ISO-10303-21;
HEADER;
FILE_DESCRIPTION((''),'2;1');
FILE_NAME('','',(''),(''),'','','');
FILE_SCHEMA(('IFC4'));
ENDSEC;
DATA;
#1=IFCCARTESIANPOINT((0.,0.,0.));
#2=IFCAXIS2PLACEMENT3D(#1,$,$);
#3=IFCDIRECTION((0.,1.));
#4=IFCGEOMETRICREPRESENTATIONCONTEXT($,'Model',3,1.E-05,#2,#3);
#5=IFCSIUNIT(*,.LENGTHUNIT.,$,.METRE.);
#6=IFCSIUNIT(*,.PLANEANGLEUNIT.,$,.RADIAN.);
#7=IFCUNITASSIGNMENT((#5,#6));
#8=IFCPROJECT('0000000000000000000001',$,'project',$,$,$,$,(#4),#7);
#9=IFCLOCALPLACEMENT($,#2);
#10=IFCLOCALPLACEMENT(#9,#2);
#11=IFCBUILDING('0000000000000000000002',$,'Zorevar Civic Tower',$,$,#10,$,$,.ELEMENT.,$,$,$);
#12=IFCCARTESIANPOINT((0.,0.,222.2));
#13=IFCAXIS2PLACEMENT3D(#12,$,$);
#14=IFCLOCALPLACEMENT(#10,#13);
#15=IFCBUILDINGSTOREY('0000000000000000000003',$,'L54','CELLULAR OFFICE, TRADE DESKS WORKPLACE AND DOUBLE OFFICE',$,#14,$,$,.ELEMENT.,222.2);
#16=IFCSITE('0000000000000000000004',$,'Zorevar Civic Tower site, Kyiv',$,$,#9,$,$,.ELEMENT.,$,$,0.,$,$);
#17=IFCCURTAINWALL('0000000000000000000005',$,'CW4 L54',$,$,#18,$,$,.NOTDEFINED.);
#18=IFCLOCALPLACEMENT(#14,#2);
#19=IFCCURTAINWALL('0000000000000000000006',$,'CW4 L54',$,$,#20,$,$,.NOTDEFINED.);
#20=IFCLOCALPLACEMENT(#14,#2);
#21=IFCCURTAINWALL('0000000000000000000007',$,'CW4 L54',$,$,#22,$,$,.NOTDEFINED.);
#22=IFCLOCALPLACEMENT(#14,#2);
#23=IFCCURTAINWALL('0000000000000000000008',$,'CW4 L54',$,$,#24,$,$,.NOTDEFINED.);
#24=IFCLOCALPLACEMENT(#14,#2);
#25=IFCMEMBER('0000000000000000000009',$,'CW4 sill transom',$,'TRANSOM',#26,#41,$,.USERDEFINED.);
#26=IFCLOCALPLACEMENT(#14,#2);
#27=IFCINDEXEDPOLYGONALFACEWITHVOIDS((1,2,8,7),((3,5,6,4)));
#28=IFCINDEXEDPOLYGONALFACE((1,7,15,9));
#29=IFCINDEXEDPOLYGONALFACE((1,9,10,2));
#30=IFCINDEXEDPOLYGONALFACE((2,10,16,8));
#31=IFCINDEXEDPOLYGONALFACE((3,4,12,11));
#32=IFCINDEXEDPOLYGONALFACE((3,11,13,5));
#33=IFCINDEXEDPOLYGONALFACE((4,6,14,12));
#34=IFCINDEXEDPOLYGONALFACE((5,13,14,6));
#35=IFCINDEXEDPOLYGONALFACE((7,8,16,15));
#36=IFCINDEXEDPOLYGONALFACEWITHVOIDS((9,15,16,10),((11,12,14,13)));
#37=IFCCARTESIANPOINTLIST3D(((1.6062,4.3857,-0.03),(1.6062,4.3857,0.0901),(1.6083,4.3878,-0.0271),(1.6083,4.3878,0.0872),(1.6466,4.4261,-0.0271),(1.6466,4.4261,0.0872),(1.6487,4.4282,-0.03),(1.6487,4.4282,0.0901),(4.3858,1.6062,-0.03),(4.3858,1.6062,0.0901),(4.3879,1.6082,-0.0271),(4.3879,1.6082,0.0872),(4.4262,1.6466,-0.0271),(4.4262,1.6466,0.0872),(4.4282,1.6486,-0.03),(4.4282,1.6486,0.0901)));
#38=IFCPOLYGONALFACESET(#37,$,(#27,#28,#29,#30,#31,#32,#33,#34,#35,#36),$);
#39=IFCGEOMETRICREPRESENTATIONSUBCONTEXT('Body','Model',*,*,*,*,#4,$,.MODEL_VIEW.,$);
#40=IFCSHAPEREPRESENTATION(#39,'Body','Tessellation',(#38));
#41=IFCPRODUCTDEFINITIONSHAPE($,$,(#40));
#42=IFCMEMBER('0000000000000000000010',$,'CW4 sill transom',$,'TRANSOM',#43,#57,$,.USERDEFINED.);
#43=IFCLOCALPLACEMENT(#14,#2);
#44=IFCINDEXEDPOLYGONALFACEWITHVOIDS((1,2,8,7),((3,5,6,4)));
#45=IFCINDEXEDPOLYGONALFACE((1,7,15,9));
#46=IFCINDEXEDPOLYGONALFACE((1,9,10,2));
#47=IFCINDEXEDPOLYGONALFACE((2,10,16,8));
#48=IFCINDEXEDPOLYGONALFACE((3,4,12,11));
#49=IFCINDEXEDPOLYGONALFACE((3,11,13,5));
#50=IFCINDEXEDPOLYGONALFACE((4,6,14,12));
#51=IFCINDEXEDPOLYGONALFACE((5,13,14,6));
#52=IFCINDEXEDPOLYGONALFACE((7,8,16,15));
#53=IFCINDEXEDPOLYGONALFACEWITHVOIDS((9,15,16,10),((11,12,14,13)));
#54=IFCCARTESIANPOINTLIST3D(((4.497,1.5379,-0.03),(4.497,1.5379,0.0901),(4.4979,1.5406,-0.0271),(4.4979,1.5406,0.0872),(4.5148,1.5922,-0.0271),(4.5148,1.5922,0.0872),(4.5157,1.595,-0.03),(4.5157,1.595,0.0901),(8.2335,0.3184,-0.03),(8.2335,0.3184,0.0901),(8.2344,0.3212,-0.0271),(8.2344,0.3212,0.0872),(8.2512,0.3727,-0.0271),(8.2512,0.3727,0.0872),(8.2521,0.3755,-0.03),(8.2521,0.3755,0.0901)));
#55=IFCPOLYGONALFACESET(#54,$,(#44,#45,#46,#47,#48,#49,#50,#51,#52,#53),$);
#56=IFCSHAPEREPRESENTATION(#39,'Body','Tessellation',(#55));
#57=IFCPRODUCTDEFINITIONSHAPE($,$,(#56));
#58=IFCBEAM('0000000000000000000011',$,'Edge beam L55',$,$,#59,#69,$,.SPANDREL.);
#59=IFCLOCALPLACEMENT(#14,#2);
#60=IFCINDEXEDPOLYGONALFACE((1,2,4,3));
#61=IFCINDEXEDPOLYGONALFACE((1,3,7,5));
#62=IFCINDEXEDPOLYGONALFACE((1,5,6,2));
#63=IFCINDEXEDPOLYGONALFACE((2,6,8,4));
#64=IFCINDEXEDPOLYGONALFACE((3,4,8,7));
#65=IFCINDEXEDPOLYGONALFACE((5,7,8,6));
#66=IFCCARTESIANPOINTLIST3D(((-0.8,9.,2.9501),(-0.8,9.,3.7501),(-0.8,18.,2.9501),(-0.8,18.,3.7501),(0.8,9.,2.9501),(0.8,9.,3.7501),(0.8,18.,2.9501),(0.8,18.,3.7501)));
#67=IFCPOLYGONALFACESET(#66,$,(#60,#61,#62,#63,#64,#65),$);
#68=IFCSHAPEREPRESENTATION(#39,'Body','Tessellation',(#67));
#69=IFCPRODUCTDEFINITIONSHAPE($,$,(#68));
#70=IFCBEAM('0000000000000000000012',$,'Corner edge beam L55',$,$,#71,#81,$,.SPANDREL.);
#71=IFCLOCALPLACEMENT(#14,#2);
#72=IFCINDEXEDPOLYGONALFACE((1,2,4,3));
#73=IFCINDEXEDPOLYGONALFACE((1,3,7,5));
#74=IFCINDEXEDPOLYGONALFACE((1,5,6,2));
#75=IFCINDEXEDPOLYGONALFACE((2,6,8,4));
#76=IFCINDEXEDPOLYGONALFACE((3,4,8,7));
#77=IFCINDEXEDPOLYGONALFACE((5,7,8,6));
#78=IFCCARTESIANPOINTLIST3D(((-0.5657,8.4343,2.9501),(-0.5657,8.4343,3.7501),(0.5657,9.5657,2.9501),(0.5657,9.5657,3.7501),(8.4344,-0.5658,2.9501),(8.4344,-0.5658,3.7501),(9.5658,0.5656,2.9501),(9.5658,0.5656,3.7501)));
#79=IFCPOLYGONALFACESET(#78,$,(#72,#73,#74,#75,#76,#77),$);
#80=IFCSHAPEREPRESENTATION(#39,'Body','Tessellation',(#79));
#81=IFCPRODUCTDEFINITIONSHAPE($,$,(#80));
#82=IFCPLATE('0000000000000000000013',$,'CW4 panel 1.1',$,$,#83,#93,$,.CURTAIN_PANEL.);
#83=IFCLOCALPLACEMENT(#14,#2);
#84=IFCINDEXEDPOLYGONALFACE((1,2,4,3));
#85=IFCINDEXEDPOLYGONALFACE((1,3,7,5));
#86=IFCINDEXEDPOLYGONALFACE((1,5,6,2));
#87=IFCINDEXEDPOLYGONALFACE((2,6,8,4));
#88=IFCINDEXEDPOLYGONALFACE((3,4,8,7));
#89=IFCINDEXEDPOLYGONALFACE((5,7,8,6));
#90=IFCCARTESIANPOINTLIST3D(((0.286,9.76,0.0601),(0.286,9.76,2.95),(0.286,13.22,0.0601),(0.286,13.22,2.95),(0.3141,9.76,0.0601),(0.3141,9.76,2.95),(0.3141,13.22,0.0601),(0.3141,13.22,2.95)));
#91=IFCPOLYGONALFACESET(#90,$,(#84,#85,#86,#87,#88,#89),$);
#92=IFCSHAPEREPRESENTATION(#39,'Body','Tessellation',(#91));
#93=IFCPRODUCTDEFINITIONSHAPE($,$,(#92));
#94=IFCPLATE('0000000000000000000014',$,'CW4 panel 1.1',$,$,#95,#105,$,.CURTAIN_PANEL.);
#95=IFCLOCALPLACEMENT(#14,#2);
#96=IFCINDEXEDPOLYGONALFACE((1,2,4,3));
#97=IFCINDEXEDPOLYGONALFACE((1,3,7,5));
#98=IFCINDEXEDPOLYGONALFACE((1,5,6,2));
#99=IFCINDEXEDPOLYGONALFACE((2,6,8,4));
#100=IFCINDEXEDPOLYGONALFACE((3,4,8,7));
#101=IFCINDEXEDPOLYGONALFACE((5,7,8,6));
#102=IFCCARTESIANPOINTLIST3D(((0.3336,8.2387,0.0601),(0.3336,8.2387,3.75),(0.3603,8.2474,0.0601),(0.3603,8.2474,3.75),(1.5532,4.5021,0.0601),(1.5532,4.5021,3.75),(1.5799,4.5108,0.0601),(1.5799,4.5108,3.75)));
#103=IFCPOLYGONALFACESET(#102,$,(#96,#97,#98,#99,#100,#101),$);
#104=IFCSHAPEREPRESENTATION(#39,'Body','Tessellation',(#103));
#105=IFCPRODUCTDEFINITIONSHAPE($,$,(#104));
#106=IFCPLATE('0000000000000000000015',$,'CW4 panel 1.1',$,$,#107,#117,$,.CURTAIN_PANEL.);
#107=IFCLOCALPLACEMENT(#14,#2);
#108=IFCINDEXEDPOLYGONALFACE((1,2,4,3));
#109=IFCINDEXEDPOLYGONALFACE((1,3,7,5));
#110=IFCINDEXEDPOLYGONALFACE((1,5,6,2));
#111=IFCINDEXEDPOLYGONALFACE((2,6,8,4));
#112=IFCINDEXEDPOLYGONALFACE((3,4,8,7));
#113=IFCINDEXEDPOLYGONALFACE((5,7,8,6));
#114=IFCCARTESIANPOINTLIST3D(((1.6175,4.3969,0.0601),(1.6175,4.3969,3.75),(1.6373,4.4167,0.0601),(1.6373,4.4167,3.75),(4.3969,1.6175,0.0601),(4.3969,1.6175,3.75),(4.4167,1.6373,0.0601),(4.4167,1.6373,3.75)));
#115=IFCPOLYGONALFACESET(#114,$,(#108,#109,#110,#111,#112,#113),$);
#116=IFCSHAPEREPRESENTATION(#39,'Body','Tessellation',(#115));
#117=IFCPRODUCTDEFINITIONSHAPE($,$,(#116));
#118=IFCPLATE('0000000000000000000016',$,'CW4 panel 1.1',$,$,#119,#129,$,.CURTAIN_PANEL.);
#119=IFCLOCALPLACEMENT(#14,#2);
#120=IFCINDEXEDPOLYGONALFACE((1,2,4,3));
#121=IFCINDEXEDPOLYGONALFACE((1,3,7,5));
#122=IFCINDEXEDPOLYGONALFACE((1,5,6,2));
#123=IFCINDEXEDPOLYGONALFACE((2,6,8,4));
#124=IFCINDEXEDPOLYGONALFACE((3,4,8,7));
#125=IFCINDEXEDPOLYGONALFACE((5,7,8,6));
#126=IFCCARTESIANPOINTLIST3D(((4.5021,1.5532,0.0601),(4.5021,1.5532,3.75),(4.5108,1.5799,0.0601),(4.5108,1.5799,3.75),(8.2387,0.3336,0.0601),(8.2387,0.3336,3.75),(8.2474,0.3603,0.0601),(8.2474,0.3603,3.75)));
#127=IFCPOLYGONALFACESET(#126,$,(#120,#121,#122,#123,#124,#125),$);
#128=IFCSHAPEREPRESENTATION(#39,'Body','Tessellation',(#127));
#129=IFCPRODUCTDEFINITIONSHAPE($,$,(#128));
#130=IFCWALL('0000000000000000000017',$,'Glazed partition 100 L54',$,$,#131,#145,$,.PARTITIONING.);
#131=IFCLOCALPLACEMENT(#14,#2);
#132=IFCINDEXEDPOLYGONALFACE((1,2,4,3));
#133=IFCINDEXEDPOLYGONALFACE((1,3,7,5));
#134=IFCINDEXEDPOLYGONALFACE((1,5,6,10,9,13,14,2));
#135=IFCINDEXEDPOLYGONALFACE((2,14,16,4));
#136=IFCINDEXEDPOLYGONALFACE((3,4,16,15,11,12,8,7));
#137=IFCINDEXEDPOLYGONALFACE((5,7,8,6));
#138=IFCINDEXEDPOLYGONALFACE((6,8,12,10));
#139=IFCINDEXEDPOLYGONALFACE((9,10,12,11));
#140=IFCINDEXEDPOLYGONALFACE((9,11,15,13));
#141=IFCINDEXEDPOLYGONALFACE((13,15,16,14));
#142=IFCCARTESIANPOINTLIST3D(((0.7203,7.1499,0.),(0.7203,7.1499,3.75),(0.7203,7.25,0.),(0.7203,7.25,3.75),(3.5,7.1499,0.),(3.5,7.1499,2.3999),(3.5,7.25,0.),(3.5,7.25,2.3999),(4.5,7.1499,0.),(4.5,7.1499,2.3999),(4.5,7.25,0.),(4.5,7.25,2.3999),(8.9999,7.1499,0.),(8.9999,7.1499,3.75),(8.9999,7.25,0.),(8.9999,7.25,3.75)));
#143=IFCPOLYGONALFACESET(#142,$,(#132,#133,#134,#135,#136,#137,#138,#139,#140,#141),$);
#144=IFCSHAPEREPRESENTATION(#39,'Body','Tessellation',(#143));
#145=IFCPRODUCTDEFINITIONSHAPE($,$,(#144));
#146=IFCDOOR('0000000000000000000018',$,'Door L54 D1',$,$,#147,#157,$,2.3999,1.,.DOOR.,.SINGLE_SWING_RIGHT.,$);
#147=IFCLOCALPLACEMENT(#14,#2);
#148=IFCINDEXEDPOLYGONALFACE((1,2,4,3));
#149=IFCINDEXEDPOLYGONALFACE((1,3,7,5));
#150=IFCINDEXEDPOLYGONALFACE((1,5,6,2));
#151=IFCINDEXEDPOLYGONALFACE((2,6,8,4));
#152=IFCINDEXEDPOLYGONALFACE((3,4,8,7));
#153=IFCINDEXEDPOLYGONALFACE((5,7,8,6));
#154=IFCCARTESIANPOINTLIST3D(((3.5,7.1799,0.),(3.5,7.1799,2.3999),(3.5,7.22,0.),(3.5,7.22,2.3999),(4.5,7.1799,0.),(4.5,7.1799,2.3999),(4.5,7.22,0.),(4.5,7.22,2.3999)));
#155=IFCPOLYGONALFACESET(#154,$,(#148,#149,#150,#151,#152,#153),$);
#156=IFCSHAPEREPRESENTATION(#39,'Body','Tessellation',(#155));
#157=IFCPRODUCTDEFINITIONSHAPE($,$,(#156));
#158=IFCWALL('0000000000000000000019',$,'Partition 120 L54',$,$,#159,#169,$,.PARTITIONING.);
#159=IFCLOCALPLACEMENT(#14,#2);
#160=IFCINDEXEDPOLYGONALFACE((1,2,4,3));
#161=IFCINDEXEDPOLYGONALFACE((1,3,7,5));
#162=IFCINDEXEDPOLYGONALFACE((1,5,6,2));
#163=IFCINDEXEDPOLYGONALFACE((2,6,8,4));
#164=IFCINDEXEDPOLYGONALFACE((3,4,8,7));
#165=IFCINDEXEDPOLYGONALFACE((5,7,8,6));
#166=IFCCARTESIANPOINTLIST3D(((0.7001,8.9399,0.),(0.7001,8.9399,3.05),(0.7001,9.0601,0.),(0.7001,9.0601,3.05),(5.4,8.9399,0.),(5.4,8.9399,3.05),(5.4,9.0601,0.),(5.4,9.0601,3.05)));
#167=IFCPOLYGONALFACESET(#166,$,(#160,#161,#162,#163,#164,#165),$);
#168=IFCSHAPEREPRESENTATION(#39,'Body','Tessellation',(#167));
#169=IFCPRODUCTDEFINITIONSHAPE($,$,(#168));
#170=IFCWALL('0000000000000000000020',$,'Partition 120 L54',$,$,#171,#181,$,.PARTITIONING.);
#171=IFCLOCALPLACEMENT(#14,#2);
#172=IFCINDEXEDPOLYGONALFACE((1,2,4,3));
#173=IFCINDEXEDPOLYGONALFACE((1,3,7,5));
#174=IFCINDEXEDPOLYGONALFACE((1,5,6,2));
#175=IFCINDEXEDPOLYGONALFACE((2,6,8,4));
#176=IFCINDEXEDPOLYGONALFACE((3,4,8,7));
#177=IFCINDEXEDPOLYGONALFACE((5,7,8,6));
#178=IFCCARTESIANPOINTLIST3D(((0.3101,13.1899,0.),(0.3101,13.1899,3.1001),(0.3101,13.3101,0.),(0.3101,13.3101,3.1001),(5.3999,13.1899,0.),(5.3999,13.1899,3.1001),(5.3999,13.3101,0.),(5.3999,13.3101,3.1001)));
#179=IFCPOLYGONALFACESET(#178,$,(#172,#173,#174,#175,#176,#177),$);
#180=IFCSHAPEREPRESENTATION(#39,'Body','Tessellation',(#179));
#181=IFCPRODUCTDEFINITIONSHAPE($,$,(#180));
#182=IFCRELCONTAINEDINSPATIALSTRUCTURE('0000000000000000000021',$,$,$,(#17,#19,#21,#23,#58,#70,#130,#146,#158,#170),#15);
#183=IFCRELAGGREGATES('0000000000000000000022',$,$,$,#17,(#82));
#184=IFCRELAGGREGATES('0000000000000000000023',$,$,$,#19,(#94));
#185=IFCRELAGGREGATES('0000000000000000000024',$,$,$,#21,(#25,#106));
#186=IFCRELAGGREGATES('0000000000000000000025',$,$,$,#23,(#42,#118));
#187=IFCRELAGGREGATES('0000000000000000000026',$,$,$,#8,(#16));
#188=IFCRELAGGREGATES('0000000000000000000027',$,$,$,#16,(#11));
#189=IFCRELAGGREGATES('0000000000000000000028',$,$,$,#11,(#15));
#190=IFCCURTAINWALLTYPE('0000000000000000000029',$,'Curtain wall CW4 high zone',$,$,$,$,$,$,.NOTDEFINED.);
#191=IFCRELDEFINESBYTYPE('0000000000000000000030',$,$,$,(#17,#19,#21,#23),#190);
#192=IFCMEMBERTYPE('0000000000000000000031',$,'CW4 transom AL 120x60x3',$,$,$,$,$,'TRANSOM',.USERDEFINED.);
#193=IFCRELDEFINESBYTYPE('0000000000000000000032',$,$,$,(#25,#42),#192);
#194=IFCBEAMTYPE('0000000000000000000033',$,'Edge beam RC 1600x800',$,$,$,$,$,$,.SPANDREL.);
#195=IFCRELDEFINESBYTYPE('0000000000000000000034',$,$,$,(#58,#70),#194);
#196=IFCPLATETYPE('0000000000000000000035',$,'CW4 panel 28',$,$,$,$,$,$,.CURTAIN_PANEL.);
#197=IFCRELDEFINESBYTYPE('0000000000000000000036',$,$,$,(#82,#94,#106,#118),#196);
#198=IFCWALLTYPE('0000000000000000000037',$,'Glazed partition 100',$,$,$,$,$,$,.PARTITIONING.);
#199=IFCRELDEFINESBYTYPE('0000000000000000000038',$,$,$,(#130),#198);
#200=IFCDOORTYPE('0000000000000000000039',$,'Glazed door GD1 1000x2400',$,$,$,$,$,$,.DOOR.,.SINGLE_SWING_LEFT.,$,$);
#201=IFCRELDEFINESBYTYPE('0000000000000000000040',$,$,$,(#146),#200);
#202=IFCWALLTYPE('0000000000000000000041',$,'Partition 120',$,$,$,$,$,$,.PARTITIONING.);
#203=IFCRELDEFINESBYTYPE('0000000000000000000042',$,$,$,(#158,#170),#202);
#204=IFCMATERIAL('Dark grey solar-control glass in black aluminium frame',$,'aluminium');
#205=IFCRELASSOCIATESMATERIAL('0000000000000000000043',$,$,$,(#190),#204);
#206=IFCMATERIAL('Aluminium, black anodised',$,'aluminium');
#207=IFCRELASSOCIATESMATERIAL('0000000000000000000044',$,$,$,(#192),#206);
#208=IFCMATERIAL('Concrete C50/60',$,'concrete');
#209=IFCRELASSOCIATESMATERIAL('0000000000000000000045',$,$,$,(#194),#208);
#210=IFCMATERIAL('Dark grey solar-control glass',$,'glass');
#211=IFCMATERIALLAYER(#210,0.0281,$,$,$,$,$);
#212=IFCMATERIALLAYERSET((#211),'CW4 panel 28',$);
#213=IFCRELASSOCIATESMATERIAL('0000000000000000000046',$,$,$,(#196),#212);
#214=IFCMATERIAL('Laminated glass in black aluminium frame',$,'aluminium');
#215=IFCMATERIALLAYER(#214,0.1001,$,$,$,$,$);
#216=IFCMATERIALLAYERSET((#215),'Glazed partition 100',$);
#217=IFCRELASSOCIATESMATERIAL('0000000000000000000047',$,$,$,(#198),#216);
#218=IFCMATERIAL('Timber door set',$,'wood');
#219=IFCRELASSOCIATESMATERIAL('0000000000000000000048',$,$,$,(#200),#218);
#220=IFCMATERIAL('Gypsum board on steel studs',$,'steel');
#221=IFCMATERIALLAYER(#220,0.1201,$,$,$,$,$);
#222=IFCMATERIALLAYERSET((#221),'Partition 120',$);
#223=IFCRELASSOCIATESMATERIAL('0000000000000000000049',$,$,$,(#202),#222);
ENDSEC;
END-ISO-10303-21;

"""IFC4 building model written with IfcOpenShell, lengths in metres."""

from ifc_helpers import new_model, si_unit, direction, frame, frame_2d, origin, origin_2d, place, context, subcontext, project, spatial, rectangle, hollow_rectangle, extrude, material, layer, layer_set, material_profile, profile_set, type_object, element, fill, aggregate, save


model = new_model("IFC4")

# Units and contexts
model_context = context("Model", 3, precision=1e-05, world=origin(), true_north=direction((0.0, 1.0)))
body_context = subcontext(model_context, "Body", "Model", "MODEL_VIEW")
ifc_project = project(units=[si_unit("LENGTHUNIT", "METRE"), si_unit("PLANEANGLEUNIT", "RADIAN")], contexts=[model_context])

# Site, building, storey
site_placement = place(None, origin())
site = spatial("IfcSite", under=ifc_project, at=site_placement, Name="Zorevar Civic Tower site, Kyiv", CompositionType="ELEMENT", RefElevation=0.0)
building_placement = place(site_placement, origin())
building = spatial("IfcBuilding", under=site, at=building_placement, Name="Zorevar Civic Tower", CompositionType="ELEMENT")
storey_placement = place(building_placement, frame((0.0, 0.0, 222.2)))
storey = spatial("IfcBuildingStorey", under=building, at=storey_placement, Name="L54", Description="CELLULAR OFFICE, TRADE DESKS WORKPLACE AND DOUBLE OFFICE", CompositionType="ELEMENT", Elevation=222.2)

# Curtain walls
ifc_material_1 = material(Name="Dark grey solar-control glass in black aluminium frame", Category="aluminium")
curtain_wall_type = type_object("IfcCurtainWallType", Name="Curtain wall CW4 high zone", PredefinedType="NOTDEFINED", material=ifc_material_1)
curtain_wall_1_placement = place(storey_placement, origin())
curtain_wall_1 = element("IfcCurtainWall", 1, at=curtain_wall_1_placement, inside=storey, type_object=curtain_wall_type, Name="CW4 L54", PredefinedType="NOTDEFINED")
curtain_wall_2_placement = place(storey_placement, origin())
curtain_wall_2 = element("IfcCurtainWall", 2, at=curtain_wall_2_placement, inside=storey, type_object=curtain_wall_type, Name="CW4 L54", PredefinedType="NOTDEFINED")
curtain_wall_3_placement = place(storey_placement, origin())
curtain_wall_3 = element("IfcCurtainWall", 3, at=curtain_wall_3_placement, inside=storey, type_object=curtain_wall_type, Name="CW4 L54", PredefinedType="NOTDEFINED")
curtain_wall_4_placement = place(storey_placement, origin())
curtain_wall_4 = element("IfcCurtainWall", 4, at=curtain_wall_4_placement, inside=storey, type_object=curtain_wall_type, Name="CW4 L54", PredefinedType="NOTDEFINED")

# Members
ifc_material_2 = material(Name="Aluminium, black anodised", Category="aluminium")
ifc_material_profile_1 = material_profile(ifc_material_2, hollow_rectangle(XDim=0.0601, YDim=0.1201, WallThickness=0.0029, at=origin_2d()), Name="AL 120x60x3")
ifc_profile_set_1 = profile_set([ifc_material_profile_1], Name="Aluminium, black anodised")
member_type_1 = type_object("IfcMemberType", Name="CW4 transom AL 120x60x3", ElementType="TRANSOM", PredefinedType="USERDEFINED", material=ifc_profile_set_1)
member_1_placement = place(storey_placement, frame((1.6274, 4.407, 0.03), z_axis=(0.707107, -0.707107, 0.0), x_axis=(0.707107, 0.707107, 0.0)))
member_1 = element("IfcMember", 5, at=member_1_placement, type_object=member_type_1, Name="CW4 sill transom", ObjectType="TRANSOM", PredefinedType="USERDEFINED", context=body_context, shape_type="SweptSolid", body=[
    extrude(hollow_rectangle(XDim=0.0601, YDim=0.1201, WallThickness=0.0029, at=origin_2d()), origin(), (0.0, 0.0, 1.0), 3.9309),
])
member_2_placement = place(storey_placement, frame((4.5063, 1.5664, 0.03), z_axis=(0.950652, -0.310259, 0.0), x_axis=(0.310259, 0.950652, 0.0)))
member_2 = element("IfcMember", 6, at=member_2_placement, type_object=member_type_1, Name="CW4 sill transom", ObjectType="TRANSOM", PredefinedType="USERDEFINED", context=body_context, shape_type="SweptSolid", body=[
    extrude(hollow_rectangle(XDim=0.0601, YDim=0.1201, WallThickness=0.0029, at=origin_2d()), origin(), (0.0, 0.0, 1.0), 3.9304),
])

# Beams
ifc_material_3 = material(Name="Concrete C50/60", Category="concrete")
ifc_material_profile_2 = material_profile(ifc_material_3, rectangle(XDim=1.6001, YDim=0.8, at=origin_2d()), Name="RC 1600x800")
ifc_profile_set_2 = profile_set([ifc_material_profile_2], Name="Concrete C50/60")
beam_type = type_object("IfcBeamType", Name="Edge beam RC 1600x800", PredefinedType="SPANDREL", material=ifc_profile_set_2)
beam_1_placement = place(storey_placement, frame((0.0, 9.0, 3.3501), z_axis=(0.0, 1.0, 0.0), x_axis=(-1.0, 0.0, 0.0)))
element("IfcBeam", 7, at=beam_1_placement, inside=storey, type_object=beam_type, Name="Edge beam L55", PredefinedType="SPANDREL", context=body_context, shape_type="SweptSolid", body=[
    extrude(rectangle(XDim=1.6001, YDim=0.8, at=origin_2d()), origin(), (0.0, 0.0, 1.0), 9.0),
])
beam_2_placement = place(storey_placement, frame((0.0, 9.0, 3.3501), z_axis=(0.707107, -0.707107, 0.0), x_axis=(0.707107, 0.707107, 0.0)))
element("IfcBeam", 8, at=beam_2_placement, inside=storey, type_object=beam_type, Name="Corner edge beam L55", PredefinedType="SPANDREL", context=body_context, shape_type="SweptSolid", body=[
    extrude(rectangle(XDim=1.6001, YDim=0.8, at=origin_2d()), origin(), (0.0, 0.0, 1.0), 12.728),
])

# Plates
ifc_material_4 = material(Name="Dark grey solar-control glass", Category="glass")
ifc_layer_1 = layer(ifc_material_4, 0.0281)
ifc_layer_set_1 = layer_set([ifc_layer_1], Name="CW4 panel 28")
plate_type = type_object("IfcPlateType", Name="CW4 panel 28", PredefinedType="CURTAIN_PANEL", material=ifc_layer_set_1)
plate_1_placement = place(storey_placement, frame((0.3, 11.49, 0.0601), z_axis=(0.0, 0.0, 1.0), x_axis=(0.0, 1.0, 0.0)))
plate_1 = element("IfcPlate", 9, at=plate_1_placement, type_object=plate_type, Name="CW4 panel 1.1", PredefinedType="CURTAIN_PANEL", context=body_context, shape_type="SweptSolid", body=[
    extrude(rectangle(XDim=3.46, YDim=0.0281, at=origin_2d()), origin(), (0.0, 0.0, 1.0), 2.8899),
])
aggregate(curtain_wall_1, [plate_1])
plate_2_placement = place(storey_placement, frame((0.9568, 6.3748, 0.0601), z_axis=(0.0, 0.0, 1.0), x_axis=(0.310281, -0.950645, 0.0)))
plate_2 = element("IfcPlate", 10, at=plate_2_placement, type_object=plate_type, Name="CW4 panel 1.1", PredefinedType="CURTAIN_PANEL", context=body_context, shape_type="SweptSolid", body=[
    extrude(rectangle(XDim=3.9307, YDim=0.0281, at=origin_2d()), origin(), (0.0, 0.0, 1.0), 3.6899),
])
aggregate(curtain_wall_2, [plate_2])
plate_3_placement = place(storey_placement, frame((3.0171, 3.0171, 0.0601), z_axis=(0.0, 0.0, 1.0), x_axis=(0.707107, -0.707107, 0.0)))
plate_3 = element("IfcPlate", 11, at=plate_3_placement, type_object=plate_type, Name="CW4 panel 1.1", PredefinedType="CURTAIN_PANEL", context=body_context, shape_type="SweptSolid", body=[
    extrude(rectangle(XDim=3.9307, YDim=0.0281, at=origin_2d()), origin(), (0.0, 0.0, 1.0), 3.6899),
])
aggregate(curtain_wall_3, [member_1, plate_3])
plate_4_placement = place(storey_placement, frame((6.3748, 0.9568, 0.0601), z_axis=(0.0, 0.0, 1.0), x_axis=(0.950645, -0.310281, 0.0)))
plate_4 = element("IfcPlate", 12, at=plate_4_placement, type_object=plate_type, Name="CW4 panel 1.1", PredefinedType="CURTAIN_PANEL", context=body_context, shape_type="SweptSolid", body=[
    extrude(rectangle(XDim=3.9307, YDim=0.0281, at=origin_2d()), origin(), (0.0, 0.0, 1.0), 3.6899),
])
aggregate(curtain_wall_4, [member_2, plate_4])

# Wall, opening, door
ifc_material_5 = material(Name="Laminated glass in black aluminium frame", Category="aluminium")
ifc_layer_2 = layer(ifc_material_5, 0.1001)
ifc_layer_set_2 = layer_set([ifc_layer_2], Name="Glazed partition 100")
wall_type_1 = type_object("IfcWallType", Name="Glazed partition 100", PredefinedType="PARTITIONING", material=ifc_layer_set_2)
wall_1_placement = place(storey_placement, frame((0.7205, 7.2, 0.0), z_axis=(0.0, 0.0, 1.0), x_axis=(1.0, 0.0, 0.0)))
wall_1 = element("IfcWall", 13, at=wall_1_placement, inside=storey, type_object=wall_type_1, Name="Glazed partition 100 L54", PredefinedType="PARTITIONING", context=body_context, shape_type="SweptSolid", body=[
    extrude(rectangle(XDim=8.2795, YDim=0.1001, at=frame_2d((4.1396, 0.0))), origin(), (0.0, 0.0, 1.0), 3.75),
])
opening_1_placement = place(wall_1_placement, frame((2.7795, 0.0, 0.0)))
opening_1 = element("IfcOpeningElement", 14, at=opening_1_placement, cuts=wall_1, PredefinedType="OPENING", context=body_context, shape_type="SweptSolid", body=[
    extrude(rectangle(XDim=1.0, YDim=2.3999, at=frame_2d((0.5, 1.2))), frame((0.0, 0.0601, 0.0), z_axis=(0.0, -1.0, 0.0), x_axis=(1.0, 0.0, 0.0)), (0.0, 0.0, 1.0), 0.1201),
])
ifc_material_6 = material(Name="Timber door set", Category="wood")
door_type_1 = type_object("IfcDoorType", Name="Glazed door GD1 1000x2400", OperationType="SINGLE_SWING_LEFT", PredefinedType="DOOR", material=ifc_material_6)
door_1_placement = place(opening_1_placement, origin())
door_1 = element("IfcDoor", 15, at=door_1_placement, inside=storey, type_object=door_type_1, Name="Door L54 D1", OperationType="SINGLE_SWING_RIGHT", OverallHeight=2.3999, OverallWidth=1.0, PredefinedType="DOOR", context=body_context, shape_type="SweptSolid", body=[
    extrude(rectangle(XDim=1.0, YDim=2.3999, at=frame_2d((0.5, 1.2))), frame((0.0, 0.02, 0.0), z_axis=(0.0, -1.0, 0.0), x_axis=(1.0, 0.0, 0.0)), (0.0, 0.0, 1.0), 0.04),
])
fill(opening_1, door_1)

# Walls
ifc_material_7 = material(Name="Gypsum board on steel studs", Category="steel")
ifc_layer_3 = layer(ifc_material_7, 0.1201)
ifc_layer_set_3 = layer_set([ifc_layer_3], Name="Partition 120")
wall_type_2 = type_object("IfcWallType", Name="Partition 120", PredefinedType="PARTITIONING", material=ifc_layer_set_3)
wall_2_placement = place(storey_placement, frame((0.7, 9.0, 0.0), z_axis=(0.0, 0.0, 1.0), x_axis=(1.0, 0.0, 0.0)))
element("IfcWall", 16, at=wall_2_placement, inside=storey, type_object=wall_type_2, Name="Partition 120 L54", PredefinedType="PARTITIONING", context=body_context, shape_type="SweptSolid", body=[
    extrude(rectangle(XDim=4.7, YDim=0.1201, at=frame_2d((2.3501, 0.0))), origin(), (0.0, 0.0, 1.0), 3.05),
])
wall_3_placement = place(storey_placement, frame((0.3101, 13.25, 0.0), z_axis=(0.0, 0.0, 1.0), x_axis=(1.0, 0.0, 0.0)))
element("IfcWall", 17, at=wall_3_placement, inside=storey, type_object=wall_type_2, Name="Partition 120 L54", PredefinedType="PARTITIONING", context=body_context, shape_type="SweptSolid", body=[
    extrude(rectangle(XDim=5.0898, YDim=0.1201, at=frame_2d((2.5449, 0.0))), origin(), (0.0, 0.0, 1.0), 3.1001),
])

save(model, "model.ifc")
